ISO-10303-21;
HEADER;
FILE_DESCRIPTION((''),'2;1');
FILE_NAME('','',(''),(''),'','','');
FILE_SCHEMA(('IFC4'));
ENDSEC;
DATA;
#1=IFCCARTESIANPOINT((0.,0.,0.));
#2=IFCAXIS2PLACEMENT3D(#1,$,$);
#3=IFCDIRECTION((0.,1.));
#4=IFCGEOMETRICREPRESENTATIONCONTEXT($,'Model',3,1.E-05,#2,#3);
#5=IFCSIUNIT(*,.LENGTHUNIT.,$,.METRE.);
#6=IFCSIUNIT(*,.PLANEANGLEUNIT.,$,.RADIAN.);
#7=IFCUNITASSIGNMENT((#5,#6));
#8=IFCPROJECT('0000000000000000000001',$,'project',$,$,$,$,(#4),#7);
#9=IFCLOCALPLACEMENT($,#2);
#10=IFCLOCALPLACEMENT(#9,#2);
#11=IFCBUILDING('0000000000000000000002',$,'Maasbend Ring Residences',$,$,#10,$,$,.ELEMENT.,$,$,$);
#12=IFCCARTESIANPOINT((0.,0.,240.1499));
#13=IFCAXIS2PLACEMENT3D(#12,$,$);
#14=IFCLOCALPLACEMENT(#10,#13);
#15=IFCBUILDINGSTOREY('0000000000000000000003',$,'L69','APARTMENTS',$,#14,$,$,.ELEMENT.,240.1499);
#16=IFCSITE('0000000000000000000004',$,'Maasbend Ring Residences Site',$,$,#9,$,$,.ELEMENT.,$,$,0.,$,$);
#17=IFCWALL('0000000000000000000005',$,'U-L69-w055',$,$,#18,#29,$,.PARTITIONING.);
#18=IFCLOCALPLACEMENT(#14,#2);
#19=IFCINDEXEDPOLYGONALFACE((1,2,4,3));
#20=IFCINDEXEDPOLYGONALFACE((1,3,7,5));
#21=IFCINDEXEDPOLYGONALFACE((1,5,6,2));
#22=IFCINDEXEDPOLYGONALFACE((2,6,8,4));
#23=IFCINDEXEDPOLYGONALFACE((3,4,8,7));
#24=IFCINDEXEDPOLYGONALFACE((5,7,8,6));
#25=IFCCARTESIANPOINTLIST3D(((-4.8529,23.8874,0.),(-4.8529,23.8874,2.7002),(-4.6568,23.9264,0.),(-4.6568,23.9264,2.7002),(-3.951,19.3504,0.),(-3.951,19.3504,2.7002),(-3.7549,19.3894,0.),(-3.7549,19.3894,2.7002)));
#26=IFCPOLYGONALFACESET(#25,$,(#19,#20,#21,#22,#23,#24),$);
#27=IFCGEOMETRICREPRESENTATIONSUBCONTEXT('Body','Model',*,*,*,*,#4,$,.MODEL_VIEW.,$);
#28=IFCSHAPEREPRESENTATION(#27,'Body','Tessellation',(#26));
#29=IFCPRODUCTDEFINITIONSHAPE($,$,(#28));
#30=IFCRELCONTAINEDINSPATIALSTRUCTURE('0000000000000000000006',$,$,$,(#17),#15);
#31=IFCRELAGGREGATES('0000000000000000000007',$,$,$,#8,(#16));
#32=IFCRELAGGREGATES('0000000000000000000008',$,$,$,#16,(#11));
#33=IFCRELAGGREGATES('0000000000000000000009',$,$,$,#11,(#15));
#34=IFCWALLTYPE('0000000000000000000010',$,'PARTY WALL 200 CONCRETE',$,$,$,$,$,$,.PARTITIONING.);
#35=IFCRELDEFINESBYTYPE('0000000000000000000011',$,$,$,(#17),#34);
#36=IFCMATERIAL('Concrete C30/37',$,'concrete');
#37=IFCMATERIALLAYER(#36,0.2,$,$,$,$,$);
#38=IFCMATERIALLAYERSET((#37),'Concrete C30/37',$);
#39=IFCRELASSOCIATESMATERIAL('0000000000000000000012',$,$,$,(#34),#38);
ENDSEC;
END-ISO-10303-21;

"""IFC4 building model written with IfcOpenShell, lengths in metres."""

from ifc_helpers import new_model, si_unit, direction, frame, frame_2d, origin, place, context, subcontext, project, spatial, rectangle, extrude, material, layer, layer_set, type_object, element, save


model = new_model("IFC4")

# Units and contexts
model_context = context("Model", 3, precision=1e-05, world=origin(), true_north=direction((0.0, 1.0)))
body_context = subcontext(model_context, "Body", "Model", "MODEL_VIEW")
ifc_project = project(units=[si_unit("LENGTHUNIT", "METRE"), si_unit("PLANEANGLEUNIT", "RADIAN")], contexts=[model_context])

# Site, building, storey
site_placement = place(None, origin())
site = spatial("IfcSite", under=ifc_project, at=site_placement, Name="Maasbend Ring Residences Site", CompositionType="ELEMENT", RefElevation=0.0)
building_placement = place(site_placement, origin())
building = spatial("IfcBuilding", under=site, at=building_placement, Name="Maasbend Ring Residences", CompositionType="ELEMENT")
storey_placement = place(building_placement, frame((0.0, 0.0, 240.1499)))
storey = spatial("IfcBuildingStorey", under=building, at=storey_placement, Name="L69", Description="APARTMENTS", CompositionType="ELEMENT", Elevation=240.1499)

# Wall
ifc_material_1 = material(Name="Concrete C30/37", Category="concrete")
ifc_layer_1 = layer(ifc_material_1, 0.2)
ifc_layer_set_1 = layer_set([ifc_layer_1], Name="Concrete C30/37")
wall_type_1 = type_object("IfcWallType", Name="PARTY WALL 200 CONCRETE", PredefinedType="PARTITIONING", material=ifc_layer_set_1)
wall_1_placement = place(storey_placement, frame((-4.7549, 23.907, 0.0), z_axis=(0.0, 0.0, 1.0), x_axis=(0.194969, -0.980809, 0.0)))
element("IfcWall", 1, at=wall_1_placement, inside=storey, type_object=wall_type_1, Name="U-L69-w055", PredefinedType="PARTITIONING", context=body_context, shape_type="SweptSolid", body=[
    extrude(rectangle(XDim=4.6257, YDim=0.2, at=frame_2d((2.313, 0.0))), origin(), (0.0, 0.0, 1.0), 2.7002),
])

save(model, "model.ifc")
